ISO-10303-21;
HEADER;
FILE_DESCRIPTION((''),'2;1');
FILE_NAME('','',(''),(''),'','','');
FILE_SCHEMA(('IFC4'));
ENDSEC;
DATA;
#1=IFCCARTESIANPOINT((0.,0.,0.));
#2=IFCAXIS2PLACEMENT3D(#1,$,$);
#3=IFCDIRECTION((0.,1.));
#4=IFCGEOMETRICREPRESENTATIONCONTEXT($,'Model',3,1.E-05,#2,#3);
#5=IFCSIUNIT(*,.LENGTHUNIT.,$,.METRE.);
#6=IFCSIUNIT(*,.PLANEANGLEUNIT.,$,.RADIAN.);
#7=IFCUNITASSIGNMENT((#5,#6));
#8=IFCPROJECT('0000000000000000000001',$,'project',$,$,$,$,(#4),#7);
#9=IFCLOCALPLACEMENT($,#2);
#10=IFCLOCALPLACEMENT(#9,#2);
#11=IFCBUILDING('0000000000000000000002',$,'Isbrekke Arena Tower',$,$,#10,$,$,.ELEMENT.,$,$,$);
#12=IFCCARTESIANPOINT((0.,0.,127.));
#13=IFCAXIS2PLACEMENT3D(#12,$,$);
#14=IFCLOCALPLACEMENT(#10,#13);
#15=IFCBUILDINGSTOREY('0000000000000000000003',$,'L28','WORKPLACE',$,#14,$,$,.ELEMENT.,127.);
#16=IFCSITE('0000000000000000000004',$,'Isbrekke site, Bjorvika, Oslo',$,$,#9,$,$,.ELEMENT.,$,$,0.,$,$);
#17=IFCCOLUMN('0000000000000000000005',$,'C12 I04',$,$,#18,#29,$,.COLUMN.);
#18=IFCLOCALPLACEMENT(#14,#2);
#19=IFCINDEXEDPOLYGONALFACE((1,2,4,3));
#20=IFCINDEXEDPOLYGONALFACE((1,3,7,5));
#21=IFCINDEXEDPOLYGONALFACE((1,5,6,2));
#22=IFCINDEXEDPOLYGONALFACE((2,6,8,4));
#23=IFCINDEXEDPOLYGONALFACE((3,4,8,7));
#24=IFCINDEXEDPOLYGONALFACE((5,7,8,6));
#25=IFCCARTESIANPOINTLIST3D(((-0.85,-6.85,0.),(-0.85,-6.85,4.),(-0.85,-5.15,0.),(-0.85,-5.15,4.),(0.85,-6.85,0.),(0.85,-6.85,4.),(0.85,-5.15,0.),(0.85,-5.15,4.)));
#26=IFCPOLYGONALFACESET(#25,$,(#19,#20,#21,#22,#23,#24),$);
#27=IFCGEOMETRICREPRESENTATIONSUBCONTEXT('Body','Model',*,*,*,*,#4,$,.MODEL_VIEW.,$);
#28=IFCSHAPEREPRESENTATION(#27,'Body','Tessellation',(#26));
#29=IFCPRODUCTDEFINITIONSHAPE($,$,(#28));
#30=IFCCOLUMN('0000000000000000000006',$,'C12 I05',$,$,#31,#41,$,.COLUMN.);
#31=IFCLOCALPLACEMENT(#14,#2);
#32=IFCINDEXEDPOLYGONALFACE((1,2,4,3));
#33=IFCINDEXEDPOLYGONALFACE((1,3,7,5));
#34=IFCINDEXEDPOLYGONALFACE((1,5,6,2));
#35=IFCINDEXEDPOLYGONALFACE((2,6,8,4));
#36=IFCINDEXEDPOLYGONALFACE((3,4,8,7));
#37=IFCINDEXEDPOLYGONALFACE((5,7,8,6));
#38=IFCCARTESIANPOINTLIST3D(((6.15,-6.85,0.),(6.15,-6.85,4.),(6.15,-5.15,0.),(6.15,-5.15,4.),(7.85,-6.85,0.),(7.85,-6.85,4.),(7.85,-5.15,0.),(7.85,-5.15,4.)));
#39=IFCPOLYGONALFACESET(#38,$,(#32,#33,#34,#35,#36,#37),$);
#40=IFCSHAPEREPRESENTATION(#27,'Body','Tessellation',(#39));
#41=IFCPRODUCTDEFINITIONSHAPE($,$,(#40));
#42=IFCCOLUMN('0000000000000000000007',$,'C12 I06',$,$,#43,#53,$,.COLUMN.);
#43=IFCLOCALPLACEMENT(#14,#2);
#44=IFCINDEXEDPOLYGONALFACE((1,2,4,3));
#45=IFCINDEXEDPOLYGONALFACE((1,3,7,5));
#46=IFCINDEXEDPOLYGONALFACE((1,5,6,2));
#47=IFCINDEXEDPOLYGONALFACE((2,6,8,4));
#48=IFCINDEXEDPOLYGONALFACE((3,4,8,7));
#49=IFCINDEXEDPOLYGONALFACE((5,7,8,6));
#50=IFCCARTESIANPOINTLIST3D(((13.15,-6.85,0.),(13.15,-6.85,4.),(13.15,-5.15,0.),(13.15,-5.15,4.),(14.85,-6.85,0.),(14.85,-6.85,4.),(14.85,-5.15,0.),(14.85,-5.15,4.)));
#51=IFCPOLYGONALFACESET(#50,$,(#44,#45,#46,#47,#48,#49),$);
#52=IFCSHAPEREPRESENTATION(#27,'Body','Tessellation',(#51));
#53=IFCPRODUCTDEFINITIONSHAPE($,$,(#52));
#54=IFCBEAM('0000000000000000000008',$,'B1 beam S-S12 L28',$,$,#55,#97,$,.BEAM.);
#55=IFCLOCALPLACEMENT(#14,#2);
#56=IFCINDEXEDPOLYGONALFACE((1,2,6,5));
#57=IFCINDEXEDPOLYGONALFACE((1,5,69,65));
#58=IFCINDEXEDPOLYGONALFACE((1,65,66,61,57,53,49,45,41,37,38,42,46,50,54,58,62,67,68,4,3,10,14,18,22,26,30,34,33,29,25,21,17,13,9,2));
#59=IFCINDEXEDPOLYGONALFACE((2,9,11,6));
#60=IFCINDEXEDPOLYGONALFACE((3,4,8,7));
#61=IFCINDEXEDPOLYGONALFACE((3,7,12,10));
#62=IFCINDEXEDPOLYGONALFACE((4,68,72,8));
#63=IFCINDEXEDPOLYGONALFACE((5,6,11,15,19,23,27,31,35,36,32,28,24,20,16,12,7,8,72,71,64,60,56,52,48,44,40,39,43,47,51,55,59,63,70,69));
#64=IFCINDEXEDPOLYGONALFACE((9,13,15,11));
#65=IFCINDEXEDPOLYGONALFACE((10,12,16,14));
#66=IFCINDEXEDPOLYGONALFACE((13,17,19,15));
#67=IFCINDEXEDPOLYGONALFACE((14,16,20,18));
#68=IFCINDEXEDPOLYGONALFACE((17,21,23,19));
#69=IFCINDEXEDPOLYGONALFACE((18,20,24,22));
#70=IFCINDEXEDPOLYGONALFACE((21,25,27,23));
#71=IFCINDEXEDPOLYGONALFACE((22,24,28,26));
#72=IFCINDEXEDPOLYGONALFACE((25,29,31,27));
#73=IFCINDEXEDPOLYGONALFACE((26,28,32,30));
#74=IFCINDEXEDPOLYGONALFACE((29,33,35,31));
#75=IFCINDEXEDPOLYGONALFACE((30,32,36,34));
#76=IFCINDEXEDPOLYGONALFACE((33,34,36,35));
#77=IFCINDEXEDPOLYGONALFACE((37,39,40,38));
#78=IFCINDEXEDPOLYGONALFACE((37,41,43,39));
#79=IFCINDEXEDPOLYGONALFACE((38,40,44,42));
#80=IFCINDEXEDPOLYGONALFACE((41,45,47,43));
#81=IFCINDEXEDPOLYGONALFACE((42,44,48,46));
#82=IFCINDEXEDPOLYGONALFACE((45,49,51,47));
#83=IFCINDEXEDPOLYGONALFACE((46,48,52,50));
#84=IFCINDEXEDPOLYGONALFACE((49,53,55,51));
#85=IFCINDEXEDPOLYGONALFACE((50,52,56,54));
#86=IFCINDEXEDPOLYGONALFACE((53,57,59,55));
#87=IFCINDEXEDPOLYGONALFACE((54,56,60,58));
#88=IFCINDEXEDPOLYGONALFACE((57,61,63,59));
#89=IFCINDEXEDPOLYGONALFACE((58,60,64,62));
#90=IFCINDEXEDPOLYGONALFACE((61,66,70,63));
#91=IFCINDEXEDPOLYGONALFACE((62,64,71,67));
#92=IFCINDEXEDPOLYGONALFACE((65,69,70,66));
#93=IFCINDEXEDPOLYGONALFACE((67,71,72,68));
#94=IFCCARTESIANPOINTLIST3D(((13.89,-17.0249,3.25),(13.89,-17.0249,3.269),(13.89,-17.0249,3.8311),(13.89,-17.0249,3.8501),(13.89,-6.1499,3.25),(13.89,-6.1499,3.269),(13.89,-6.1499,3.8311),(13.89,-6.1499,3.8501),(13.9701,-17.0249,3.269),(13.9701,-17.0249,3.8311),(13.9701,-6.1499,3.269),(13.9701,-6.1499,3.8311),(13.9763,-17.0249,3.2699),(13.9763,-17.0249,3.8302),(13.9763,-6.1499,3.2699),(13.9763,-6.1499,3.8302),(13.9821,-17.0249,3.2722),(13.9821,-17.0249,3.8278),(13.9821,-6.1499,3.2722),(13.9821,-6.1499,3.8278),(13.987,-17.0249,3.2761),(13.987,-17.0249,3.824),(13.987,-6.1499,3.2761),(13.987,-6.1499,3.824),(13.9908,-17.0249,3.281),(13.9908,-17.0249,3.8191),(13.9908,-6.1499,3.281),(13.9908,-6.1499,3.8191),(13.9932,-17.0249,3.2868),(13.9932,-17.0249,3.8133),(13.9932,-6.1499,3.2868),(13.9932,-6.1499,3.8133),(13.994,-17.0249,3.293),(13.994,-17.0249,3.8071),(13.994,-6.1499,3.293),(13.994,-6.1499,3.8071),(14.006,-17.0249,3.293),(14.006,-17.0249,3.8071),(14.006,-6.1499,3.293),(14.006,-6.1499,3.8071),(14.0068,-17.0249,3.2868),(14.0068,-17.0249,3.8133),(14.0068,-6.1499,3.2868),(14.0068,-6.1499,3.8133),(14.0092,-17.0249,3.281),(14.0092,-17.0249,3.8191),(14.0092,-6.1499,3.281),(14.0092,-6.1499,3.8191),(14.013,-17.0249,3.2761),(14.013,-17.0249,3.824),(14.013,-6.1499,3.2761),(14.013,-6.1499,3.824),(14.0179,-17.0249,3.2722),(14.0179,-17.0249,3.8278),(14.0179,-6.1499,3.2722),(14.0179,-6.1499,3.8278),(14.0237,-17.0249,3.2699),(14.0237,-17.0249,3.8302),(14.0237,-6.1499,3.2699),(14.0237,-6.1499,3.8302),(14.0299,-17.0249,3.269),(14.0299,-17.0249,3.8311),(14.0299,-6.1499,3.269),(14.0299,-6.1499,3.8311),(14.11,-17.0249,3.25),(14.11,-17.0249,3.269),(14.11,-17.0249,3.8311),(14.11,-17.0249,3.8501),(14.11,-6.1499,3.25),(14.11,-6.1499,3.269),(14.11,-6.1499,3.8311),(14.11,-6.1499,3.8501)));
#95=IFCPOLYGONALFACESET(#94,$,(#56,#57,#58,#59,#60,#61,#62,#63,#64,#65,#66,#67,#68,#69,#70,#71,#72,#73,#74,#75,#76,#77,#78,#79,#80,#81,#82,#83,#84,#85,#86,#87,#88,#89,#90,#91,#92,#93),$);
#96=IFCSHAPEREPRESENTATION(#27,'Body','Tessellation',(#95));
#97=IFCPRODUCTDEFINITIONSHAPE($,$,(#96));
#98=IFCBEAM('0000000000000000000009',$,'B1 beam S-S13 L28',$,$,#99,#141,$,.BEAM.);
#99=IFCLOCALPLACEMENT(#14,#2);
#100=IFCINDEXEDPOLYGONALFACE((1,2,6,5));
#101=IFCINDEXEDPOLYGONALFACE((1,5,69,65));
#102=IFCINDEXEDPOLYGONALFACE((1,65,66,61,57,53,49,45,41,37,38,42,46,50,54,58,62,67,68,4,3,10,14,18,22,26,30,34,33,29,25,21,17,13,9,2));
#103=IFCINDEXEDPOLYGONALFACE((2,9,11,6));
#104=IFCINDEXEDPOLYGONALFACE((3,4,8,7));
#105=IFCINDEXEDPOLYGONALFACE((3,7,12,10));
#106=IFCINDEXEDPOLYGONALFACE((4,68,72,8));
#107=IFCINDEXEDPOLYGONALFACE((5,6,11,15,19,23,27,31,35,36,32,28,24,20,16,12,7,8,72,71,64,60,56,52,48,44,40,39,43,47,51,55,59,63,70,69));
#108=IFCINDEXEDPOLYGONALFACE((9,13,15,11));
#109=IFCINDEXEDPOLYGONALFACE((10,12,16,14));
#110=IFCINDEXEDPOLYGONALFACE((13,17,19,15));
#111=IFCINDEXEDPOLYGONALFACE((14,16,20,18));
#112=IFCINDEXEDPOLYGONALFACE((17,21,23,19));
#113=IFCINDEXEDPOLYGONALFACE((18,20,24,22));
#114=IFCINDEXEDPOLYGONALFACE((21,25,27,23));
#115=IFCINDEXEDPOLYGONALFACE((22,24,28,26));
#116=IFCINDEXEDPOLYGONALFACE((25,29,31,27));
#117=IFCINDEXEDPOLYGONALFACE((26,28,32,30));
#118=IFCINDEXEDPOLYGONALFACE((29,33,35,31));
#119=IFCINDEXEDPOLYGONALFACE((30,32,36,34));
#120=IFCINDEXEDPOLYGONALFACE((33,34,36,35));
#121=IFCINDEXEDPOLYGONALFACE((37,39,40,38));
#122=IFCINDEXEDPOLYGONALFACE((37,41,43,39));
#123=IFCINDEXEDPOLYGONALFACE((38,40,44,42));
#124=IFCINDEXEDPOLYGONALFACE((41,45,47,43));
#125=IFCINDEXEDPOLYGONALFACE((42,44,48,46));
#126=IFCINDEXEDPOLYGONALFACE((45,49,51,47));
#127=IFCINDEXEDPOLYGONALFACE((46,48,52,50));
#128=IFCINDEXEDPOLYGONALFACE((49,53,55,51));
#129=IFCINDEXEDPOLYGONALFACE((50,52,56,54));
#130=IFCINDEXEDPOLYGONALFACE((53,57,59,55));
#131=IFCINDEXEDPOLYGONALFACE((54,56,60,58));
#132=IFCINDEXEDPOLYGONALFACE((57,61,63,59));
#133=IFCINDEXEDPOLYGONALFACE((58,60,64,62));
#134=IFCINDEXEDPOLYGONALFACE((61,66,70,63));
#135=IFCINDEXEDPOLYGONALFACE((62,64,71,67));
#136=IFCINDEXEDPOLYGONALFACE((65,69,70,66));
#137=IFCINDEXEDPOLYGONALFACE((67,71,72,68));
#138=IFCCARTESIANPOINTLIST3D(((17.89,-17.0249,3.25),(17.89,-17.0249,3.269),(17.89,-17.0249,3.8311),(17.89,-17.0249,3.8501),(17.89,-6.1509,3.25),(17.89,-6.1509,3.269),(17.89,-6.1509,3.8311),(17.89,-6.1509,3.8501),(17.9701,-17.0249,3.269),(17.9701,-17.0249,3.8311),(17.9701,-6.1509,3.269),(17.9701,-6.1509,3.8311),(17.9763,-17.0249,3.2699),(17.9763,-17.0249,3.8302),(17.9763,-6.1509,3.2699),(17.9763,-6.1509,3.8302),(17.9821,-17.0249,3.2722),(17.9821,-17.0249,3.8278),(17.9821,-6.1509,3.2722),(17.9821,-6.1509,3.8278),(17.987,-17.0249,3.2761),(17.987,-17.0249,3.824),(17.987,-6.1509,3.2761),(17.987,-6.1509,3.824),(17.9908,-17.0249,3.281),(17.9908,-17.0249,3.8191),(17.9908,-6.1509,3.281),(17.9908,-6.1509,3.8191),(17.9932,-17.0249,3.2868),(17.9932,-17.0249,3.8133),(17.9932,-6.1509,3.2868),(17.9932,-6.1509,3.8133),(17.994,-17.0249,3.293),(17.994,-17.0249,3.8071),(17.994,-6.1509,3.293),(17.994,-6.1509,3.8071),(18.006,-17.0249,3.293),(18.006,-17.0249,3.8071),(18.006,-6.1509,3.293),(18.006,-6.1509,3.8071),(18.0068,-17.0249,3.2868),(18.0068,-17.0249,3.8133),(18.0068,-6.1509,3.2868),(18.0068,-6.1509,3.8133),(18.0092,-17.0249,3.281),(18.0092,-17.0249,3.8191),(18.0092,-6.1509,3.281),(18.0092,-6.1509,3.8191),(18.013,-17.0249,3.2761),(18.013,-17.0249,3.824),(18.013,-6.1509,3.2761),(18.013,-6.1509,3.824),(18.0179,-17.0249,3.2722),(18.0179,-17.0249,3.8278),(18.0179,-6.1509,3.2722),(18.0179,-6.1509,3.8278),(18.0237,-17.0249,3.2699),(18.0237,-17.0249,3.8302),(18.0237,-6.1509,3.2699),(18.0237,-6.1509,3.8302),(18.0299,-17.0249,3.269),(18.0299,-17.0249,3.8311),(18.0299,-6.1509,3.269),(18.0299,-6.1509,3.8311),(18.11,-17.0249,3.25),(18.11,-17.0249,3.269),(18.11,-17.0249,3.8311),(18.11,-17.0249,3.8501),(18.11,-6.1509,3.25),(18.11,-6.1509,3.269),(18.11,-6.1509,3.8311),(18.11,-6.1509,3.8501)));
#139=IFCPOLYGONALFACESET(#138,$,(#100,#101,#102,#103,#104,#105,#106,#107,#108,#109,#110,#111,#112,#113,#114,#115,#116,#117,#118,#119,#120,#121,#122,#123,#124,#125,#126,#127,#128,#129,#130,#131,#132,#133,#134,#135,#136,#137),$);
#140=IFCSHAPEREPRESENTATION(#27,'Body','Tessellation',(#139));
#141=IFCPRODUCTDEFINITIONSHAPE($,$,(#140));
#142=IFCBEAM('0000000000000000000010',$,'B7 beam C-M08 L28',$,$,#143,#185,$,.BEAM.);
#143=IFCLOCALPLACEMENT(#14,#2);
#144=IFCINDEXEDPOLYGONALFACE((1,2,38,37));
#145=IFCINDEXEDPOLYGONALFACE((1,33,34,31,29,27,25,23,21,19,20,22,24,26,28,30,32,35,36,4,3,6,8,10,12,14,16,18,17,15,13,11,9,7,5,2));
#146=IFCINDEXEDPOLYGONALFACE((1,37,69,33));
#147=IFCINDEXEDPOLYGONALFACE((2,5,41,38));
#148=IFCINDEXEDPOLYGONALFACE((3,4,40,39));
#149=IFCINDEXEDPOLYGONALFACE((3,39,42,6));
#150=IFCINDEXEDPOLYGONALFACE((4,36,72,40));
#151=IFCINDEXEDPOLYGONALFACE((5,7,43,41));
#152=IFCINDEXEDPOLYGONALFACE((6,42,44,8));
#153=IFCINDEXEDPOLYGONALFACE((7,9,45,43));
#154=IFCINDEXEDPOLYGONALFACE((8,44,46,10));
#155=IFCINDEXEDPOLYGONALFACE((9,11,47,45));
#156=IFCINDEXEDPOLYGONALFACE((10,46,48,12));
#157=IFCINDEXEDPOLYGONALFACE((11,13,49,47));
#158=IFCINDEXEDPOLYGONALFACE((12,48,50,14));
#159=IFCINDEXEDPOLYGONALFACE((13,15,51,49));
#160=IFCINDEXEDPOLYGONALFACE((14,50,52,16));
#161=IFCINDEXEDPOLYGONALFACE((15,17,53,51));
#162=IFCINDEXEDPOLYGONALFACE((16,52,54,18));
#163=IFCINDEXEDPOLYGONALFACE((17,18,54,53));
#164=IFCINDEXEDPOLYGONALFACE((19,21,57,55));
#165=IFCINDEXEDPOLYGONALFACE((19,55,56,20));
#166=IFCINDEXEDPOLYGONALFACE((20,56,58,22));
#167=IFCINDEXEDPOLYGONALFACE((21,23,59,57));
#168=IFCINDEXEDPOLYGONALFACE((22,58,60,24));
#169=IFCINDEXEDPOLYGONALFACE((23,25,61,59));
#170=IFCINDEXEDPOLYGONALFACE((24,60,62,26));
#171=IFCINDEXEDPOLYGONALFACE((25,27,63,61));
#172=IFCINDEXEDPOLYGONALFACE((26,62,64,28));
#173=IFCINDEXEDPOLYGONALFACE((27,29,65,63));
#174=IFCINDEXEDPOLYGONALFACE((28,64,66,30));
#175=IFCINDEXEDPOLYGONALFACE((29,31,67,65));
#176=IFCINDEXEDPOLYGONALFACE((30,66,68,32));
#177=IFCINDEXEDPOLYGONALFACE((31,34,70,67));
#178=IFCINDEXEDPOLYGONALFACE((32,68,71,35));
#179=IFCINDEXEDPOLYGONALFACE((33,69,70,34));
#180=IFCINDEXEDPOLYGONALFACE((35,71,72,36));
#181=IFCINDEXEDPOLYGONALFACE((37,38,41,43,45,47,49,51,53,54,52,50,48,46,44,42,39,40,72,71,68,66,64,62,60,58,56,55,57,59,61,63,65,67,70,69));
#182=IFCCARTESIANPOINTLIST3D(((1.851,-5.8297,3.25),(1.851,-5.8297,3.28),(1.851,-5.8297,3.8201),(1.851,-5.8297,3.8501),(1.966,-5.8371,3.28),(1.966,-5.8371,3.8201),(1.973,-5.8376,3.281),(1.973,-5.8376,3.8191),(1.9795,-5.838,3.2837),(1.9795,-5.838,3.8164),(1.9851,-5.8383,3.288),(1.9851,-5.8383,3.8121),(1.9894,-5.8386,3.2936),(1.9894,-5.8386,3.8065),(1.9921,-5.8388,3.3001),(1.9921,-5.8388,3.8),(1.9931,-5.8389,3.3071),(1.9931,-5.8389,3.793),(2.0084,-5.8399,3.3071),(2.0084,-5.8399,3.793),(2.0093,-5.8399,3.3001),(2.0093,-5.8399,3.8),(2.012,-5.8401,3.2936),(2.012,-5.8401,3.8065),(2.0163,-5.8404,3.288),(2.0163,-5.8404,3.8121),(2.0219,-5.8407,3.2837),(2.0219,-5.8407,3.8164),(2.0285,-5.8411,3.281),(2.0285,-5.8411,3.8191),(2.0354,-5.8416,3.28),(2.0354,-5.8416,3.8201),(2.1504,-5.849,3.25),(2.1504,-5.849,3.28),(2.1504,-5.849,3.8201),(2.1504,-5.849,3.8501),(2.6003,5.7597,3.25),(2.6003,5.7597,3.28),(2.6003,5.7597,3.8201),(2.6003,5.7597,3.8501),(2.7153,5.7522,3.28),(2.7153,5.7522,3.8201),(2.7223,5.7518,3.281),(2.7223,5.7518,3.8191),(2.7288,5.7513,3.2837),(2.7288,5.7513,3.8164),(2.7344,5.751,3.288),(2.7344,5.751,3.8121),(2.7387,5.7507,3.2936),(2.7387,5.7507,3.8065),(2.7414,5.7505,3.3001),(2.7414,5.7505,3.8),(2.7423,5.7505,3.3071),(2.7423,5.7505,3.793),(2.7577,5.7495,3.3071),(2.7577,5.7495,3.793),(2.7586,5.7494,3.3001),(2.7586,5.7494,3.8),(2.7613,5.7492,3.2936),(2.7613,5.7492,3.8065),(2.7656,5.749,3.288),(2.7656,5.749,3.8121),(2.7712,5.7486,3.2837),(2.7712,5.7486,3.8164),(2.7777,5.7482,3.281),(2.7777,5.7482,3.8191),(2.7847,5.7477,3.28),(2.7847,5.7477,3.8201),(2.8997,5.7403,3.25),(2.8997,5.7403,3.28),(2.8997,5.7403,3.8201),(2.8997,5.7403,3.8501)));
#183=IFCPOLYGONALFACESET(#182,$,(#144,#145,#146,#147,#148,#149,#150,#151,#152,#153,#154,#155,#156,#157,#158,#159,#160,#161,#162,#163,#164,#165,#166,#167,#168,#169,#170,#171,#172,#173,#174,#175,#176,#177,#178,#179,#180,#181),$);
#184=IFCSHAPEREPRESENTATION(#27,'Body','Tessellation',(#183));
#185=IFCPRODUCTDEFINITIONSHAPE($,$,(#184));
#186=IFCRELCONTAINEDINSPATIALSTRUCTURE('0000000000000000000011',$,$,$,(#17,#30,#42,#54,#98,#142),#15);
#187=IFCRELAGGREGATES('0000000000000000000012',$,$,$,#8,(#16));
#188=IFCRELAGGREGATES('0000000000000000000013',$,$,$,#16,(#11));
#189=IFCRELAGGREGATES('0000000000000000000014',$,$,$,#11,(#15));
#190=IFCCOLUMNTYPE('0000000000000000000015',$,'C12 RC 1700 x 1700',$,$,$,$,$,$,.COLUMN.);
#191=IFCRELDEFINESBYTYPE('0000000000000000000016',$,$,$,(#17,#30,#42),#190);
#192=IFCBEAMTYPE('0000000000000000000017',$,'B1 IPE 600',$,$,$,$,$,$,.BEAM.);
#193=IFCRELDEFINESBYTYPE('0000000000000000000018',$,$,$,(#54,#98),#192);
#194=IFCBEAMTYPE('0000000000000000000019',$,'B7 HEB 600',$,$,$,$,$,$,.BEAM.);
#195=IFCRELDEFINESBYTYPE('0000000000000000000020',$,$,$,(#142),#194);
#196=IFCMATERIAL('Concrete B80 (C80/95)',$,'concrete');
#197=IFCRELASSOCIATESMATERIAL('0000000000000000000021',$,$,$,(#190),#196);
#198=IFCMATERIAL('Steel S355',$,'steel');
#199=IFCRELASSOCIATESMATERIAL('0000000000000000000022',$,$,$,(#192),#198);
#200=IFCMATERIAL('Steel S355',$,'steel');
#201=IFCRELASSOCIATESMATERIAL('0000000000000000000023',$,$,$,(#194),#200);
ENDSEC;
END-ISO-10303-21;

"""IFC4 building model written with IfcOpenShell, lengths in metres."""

from ifc_helpers import new_model, si_unit, direction, frame, origin, origin_2d, place, context, subcontext, project, spatial, rectangle, i_section, extrude, material, material_profile, profile_set, type_object, element, save


model = new_model("IFC4")

# Units and contexts
model_context = context("Model", 3, precision=1e-05, world=origin(), true_north=direction((0.0, 1.0)))
body_context = subcontext(model_context, "Body", "Model", "MODEL_VIEW")
ifc_project = project(units=[si_unit("LENGTHUNIT", "METRE"), si_unit("PLANEANGLEUNIT", "RADIAN")], contexts=[model_context])

# Site, building, storey
site_placement = place(None, origin())
site = spatial("IfcSite", under=ifc_project, at=site_placement, Name="Isbrekke site, Bjorvika, Oslo", CompositionType="ELEMENT", RefElevation=0.0)
building_placement = place(site_placement, origin())
building = spatial("IfcBuilding", under=site, at=building_placement, Name="Isbrekke Arena Tower", CompositionType="ELEMENT")
storey_placement = place(building_placement, frame((0.0, 0.0, 127.0)))
storey = spatial("IfcBuildingStorey", under=building, at=storey_placement, Name="L28", Description="WORKPLACE", CompositionType="ELEMENT", Elevation=127.0)

# Columns
ifc_material_1 = material(Name="Concrete B80 (C80/95)", Category="concrete")
ifc_material_profile_1 = material_profile(ifc_material_1, rectangle(XDim=1.7, YDim=1.7, at=origin_2d()), Name="RC 1700x1700")
ifc_profile_set_1 = profile_set([ifc_material_profile_1], Name="Concrete B80 (C80/95)")
column_type = type_object("IfcColumnType", Name="C12 RC 1700 x 1700", PredefinedType="COLUMN", material=ifc_profile_set_1)
for number, where, z_axis, x_axis, name in (
    (1, (0.0, -6.0, 0.0), (0.0, 0.0, 1.0), (1.0, 0.0, 0.0), "C12 I04"),
    (2, (7.0, -6.0, 0.0), (0.0, 0.0, 1.0), (1.0, 0.0, 0.0), "C12 I05"),
    (3, (14.0, -6.0, 0.0), (0.0, 0.0, 1.0), (1.0, 0.0, 0.0), "C12 I06"),
):
    element("IfcColumn", number, at=place(storey_placement, frame(where, z_axis=z_axis, x_axis=x_axis)), inside=storey, type_object=column_type, Name=name, PredefinedType="COLUMN", context=body_context, shape_type="SweptSolid", body=[
        extrude(rectangle(XDim=1.7, YDim=1.7, at=origin_2d()), origin(), (0.0, 0.0, 1.0), 4.0),
    ])

# Beams
ifc_material_2 = material(Name="Steel S355", Category="steel")
ifc_material_profile_2 = material_profile(ifc_material_2, i_section(OverallWidth=0.22, OverallDepth=0.6001, WebThickness=0.012, FlangeThickness=0.019, FilletRadius=0.0239, at=origin_2d()), Name="IPE 600")
ifc_profile_set_2 = profile_set([ifc_material_profile_2], Name="Steel S355")
beam_type_1 = type_object("IfcBeamType", Name="B1 IPE 600", PredefinedType="BEAM", material=ifc_profile_set_2)
beam_1_placement = place(storey_placement, frame((14.0, -17.0249, 3.55), z_axis=(0.0, 1.0, 0.0), x_axis=(-1.0, 0.0, 0.0)))
element("IfcBeam", 4, at=beam_1_placement, inside=storey, type_object=beam_type_1, Name="B1 beam S-S12 L28", PredefinedType="BEAM", context=body_context, shape_type="SweptSolid", body=[
    extrude(i_section(OverallWidth=0.22, OverallDepth=0.6001, WebThickness=0.012, FlangeThickness=0.019, FilletRadius=0.0239, at=origin_2d()), origin(), (0.0, 0.0, 1.0), 10.875),
])
beam_2_placement = place(storey_placement, frame((18.0, -17.0249, 3.55), z_axis=(0.0, 1.0, 0.0), x_axis=(-1.0, 0.0, 0.0)))
element("IfcBeam", 5, at=beam_2_placement, inside=storey, type_object=beam_type_1, Name="B1 beam S-S13 L28", PredefinedType="BEAM", context=body_context, shape_type="SweptSolid", body=[
    extrude(i_section(OverallWidth=0.22, OverallDepth=0.6001, WebThickness=0.012, FlangeThickness=0.019, FilletRadius=0.0239, at=origin_2d()), origin(), (0.0, 0.0, 1.0), 10.874),
])
ifc_material_3 = material(Name="Steel S355", Category="steel")
ifc_material_profile_3 = material_profile(ifc_material_3, i_section(OverallWidth=0.3, OverallDepth=0.6001, WebThickness=0.0154, FlangeThickness=0.03, FilletRadius=0.0271, at=origin_2d()), Name="HEB 600")
ifc_profile_set_3 = profile_set([ifc_material_profile_3], Name="Steel S355")
beam_type_2 = type_object("IfcBeamType", Name="B7 HEB 600", PredefinedType="BEAM", material=ifc_profile_set_3)
beam_3_placement = place(storey_placement, frame((2.0007, -5.8394, 3.55), z_axis=(0.064517, 0.997917, 0.0), x_axis=(-0.997917, 0.064517, 0.0)))
element("IfcBeam", 6, at=beam_3_placement, inside=storey, type_object=beam_type_2, Name="B7 beam C-M08 L28", PredefinedType="BEAM", context=body_context, shape_type="SweptSolid", body=[
    extrude(i_section(OverallWidth=0.3, OverallDepth=0.6001, WebThickness=0.0154, FlangeThickness=0.03, FilletRadius=0.0271, at=origin_2d()), origin(), (0.0, 0.0, 1.0), 11.6135),
])

save(model, "model.ifc")
